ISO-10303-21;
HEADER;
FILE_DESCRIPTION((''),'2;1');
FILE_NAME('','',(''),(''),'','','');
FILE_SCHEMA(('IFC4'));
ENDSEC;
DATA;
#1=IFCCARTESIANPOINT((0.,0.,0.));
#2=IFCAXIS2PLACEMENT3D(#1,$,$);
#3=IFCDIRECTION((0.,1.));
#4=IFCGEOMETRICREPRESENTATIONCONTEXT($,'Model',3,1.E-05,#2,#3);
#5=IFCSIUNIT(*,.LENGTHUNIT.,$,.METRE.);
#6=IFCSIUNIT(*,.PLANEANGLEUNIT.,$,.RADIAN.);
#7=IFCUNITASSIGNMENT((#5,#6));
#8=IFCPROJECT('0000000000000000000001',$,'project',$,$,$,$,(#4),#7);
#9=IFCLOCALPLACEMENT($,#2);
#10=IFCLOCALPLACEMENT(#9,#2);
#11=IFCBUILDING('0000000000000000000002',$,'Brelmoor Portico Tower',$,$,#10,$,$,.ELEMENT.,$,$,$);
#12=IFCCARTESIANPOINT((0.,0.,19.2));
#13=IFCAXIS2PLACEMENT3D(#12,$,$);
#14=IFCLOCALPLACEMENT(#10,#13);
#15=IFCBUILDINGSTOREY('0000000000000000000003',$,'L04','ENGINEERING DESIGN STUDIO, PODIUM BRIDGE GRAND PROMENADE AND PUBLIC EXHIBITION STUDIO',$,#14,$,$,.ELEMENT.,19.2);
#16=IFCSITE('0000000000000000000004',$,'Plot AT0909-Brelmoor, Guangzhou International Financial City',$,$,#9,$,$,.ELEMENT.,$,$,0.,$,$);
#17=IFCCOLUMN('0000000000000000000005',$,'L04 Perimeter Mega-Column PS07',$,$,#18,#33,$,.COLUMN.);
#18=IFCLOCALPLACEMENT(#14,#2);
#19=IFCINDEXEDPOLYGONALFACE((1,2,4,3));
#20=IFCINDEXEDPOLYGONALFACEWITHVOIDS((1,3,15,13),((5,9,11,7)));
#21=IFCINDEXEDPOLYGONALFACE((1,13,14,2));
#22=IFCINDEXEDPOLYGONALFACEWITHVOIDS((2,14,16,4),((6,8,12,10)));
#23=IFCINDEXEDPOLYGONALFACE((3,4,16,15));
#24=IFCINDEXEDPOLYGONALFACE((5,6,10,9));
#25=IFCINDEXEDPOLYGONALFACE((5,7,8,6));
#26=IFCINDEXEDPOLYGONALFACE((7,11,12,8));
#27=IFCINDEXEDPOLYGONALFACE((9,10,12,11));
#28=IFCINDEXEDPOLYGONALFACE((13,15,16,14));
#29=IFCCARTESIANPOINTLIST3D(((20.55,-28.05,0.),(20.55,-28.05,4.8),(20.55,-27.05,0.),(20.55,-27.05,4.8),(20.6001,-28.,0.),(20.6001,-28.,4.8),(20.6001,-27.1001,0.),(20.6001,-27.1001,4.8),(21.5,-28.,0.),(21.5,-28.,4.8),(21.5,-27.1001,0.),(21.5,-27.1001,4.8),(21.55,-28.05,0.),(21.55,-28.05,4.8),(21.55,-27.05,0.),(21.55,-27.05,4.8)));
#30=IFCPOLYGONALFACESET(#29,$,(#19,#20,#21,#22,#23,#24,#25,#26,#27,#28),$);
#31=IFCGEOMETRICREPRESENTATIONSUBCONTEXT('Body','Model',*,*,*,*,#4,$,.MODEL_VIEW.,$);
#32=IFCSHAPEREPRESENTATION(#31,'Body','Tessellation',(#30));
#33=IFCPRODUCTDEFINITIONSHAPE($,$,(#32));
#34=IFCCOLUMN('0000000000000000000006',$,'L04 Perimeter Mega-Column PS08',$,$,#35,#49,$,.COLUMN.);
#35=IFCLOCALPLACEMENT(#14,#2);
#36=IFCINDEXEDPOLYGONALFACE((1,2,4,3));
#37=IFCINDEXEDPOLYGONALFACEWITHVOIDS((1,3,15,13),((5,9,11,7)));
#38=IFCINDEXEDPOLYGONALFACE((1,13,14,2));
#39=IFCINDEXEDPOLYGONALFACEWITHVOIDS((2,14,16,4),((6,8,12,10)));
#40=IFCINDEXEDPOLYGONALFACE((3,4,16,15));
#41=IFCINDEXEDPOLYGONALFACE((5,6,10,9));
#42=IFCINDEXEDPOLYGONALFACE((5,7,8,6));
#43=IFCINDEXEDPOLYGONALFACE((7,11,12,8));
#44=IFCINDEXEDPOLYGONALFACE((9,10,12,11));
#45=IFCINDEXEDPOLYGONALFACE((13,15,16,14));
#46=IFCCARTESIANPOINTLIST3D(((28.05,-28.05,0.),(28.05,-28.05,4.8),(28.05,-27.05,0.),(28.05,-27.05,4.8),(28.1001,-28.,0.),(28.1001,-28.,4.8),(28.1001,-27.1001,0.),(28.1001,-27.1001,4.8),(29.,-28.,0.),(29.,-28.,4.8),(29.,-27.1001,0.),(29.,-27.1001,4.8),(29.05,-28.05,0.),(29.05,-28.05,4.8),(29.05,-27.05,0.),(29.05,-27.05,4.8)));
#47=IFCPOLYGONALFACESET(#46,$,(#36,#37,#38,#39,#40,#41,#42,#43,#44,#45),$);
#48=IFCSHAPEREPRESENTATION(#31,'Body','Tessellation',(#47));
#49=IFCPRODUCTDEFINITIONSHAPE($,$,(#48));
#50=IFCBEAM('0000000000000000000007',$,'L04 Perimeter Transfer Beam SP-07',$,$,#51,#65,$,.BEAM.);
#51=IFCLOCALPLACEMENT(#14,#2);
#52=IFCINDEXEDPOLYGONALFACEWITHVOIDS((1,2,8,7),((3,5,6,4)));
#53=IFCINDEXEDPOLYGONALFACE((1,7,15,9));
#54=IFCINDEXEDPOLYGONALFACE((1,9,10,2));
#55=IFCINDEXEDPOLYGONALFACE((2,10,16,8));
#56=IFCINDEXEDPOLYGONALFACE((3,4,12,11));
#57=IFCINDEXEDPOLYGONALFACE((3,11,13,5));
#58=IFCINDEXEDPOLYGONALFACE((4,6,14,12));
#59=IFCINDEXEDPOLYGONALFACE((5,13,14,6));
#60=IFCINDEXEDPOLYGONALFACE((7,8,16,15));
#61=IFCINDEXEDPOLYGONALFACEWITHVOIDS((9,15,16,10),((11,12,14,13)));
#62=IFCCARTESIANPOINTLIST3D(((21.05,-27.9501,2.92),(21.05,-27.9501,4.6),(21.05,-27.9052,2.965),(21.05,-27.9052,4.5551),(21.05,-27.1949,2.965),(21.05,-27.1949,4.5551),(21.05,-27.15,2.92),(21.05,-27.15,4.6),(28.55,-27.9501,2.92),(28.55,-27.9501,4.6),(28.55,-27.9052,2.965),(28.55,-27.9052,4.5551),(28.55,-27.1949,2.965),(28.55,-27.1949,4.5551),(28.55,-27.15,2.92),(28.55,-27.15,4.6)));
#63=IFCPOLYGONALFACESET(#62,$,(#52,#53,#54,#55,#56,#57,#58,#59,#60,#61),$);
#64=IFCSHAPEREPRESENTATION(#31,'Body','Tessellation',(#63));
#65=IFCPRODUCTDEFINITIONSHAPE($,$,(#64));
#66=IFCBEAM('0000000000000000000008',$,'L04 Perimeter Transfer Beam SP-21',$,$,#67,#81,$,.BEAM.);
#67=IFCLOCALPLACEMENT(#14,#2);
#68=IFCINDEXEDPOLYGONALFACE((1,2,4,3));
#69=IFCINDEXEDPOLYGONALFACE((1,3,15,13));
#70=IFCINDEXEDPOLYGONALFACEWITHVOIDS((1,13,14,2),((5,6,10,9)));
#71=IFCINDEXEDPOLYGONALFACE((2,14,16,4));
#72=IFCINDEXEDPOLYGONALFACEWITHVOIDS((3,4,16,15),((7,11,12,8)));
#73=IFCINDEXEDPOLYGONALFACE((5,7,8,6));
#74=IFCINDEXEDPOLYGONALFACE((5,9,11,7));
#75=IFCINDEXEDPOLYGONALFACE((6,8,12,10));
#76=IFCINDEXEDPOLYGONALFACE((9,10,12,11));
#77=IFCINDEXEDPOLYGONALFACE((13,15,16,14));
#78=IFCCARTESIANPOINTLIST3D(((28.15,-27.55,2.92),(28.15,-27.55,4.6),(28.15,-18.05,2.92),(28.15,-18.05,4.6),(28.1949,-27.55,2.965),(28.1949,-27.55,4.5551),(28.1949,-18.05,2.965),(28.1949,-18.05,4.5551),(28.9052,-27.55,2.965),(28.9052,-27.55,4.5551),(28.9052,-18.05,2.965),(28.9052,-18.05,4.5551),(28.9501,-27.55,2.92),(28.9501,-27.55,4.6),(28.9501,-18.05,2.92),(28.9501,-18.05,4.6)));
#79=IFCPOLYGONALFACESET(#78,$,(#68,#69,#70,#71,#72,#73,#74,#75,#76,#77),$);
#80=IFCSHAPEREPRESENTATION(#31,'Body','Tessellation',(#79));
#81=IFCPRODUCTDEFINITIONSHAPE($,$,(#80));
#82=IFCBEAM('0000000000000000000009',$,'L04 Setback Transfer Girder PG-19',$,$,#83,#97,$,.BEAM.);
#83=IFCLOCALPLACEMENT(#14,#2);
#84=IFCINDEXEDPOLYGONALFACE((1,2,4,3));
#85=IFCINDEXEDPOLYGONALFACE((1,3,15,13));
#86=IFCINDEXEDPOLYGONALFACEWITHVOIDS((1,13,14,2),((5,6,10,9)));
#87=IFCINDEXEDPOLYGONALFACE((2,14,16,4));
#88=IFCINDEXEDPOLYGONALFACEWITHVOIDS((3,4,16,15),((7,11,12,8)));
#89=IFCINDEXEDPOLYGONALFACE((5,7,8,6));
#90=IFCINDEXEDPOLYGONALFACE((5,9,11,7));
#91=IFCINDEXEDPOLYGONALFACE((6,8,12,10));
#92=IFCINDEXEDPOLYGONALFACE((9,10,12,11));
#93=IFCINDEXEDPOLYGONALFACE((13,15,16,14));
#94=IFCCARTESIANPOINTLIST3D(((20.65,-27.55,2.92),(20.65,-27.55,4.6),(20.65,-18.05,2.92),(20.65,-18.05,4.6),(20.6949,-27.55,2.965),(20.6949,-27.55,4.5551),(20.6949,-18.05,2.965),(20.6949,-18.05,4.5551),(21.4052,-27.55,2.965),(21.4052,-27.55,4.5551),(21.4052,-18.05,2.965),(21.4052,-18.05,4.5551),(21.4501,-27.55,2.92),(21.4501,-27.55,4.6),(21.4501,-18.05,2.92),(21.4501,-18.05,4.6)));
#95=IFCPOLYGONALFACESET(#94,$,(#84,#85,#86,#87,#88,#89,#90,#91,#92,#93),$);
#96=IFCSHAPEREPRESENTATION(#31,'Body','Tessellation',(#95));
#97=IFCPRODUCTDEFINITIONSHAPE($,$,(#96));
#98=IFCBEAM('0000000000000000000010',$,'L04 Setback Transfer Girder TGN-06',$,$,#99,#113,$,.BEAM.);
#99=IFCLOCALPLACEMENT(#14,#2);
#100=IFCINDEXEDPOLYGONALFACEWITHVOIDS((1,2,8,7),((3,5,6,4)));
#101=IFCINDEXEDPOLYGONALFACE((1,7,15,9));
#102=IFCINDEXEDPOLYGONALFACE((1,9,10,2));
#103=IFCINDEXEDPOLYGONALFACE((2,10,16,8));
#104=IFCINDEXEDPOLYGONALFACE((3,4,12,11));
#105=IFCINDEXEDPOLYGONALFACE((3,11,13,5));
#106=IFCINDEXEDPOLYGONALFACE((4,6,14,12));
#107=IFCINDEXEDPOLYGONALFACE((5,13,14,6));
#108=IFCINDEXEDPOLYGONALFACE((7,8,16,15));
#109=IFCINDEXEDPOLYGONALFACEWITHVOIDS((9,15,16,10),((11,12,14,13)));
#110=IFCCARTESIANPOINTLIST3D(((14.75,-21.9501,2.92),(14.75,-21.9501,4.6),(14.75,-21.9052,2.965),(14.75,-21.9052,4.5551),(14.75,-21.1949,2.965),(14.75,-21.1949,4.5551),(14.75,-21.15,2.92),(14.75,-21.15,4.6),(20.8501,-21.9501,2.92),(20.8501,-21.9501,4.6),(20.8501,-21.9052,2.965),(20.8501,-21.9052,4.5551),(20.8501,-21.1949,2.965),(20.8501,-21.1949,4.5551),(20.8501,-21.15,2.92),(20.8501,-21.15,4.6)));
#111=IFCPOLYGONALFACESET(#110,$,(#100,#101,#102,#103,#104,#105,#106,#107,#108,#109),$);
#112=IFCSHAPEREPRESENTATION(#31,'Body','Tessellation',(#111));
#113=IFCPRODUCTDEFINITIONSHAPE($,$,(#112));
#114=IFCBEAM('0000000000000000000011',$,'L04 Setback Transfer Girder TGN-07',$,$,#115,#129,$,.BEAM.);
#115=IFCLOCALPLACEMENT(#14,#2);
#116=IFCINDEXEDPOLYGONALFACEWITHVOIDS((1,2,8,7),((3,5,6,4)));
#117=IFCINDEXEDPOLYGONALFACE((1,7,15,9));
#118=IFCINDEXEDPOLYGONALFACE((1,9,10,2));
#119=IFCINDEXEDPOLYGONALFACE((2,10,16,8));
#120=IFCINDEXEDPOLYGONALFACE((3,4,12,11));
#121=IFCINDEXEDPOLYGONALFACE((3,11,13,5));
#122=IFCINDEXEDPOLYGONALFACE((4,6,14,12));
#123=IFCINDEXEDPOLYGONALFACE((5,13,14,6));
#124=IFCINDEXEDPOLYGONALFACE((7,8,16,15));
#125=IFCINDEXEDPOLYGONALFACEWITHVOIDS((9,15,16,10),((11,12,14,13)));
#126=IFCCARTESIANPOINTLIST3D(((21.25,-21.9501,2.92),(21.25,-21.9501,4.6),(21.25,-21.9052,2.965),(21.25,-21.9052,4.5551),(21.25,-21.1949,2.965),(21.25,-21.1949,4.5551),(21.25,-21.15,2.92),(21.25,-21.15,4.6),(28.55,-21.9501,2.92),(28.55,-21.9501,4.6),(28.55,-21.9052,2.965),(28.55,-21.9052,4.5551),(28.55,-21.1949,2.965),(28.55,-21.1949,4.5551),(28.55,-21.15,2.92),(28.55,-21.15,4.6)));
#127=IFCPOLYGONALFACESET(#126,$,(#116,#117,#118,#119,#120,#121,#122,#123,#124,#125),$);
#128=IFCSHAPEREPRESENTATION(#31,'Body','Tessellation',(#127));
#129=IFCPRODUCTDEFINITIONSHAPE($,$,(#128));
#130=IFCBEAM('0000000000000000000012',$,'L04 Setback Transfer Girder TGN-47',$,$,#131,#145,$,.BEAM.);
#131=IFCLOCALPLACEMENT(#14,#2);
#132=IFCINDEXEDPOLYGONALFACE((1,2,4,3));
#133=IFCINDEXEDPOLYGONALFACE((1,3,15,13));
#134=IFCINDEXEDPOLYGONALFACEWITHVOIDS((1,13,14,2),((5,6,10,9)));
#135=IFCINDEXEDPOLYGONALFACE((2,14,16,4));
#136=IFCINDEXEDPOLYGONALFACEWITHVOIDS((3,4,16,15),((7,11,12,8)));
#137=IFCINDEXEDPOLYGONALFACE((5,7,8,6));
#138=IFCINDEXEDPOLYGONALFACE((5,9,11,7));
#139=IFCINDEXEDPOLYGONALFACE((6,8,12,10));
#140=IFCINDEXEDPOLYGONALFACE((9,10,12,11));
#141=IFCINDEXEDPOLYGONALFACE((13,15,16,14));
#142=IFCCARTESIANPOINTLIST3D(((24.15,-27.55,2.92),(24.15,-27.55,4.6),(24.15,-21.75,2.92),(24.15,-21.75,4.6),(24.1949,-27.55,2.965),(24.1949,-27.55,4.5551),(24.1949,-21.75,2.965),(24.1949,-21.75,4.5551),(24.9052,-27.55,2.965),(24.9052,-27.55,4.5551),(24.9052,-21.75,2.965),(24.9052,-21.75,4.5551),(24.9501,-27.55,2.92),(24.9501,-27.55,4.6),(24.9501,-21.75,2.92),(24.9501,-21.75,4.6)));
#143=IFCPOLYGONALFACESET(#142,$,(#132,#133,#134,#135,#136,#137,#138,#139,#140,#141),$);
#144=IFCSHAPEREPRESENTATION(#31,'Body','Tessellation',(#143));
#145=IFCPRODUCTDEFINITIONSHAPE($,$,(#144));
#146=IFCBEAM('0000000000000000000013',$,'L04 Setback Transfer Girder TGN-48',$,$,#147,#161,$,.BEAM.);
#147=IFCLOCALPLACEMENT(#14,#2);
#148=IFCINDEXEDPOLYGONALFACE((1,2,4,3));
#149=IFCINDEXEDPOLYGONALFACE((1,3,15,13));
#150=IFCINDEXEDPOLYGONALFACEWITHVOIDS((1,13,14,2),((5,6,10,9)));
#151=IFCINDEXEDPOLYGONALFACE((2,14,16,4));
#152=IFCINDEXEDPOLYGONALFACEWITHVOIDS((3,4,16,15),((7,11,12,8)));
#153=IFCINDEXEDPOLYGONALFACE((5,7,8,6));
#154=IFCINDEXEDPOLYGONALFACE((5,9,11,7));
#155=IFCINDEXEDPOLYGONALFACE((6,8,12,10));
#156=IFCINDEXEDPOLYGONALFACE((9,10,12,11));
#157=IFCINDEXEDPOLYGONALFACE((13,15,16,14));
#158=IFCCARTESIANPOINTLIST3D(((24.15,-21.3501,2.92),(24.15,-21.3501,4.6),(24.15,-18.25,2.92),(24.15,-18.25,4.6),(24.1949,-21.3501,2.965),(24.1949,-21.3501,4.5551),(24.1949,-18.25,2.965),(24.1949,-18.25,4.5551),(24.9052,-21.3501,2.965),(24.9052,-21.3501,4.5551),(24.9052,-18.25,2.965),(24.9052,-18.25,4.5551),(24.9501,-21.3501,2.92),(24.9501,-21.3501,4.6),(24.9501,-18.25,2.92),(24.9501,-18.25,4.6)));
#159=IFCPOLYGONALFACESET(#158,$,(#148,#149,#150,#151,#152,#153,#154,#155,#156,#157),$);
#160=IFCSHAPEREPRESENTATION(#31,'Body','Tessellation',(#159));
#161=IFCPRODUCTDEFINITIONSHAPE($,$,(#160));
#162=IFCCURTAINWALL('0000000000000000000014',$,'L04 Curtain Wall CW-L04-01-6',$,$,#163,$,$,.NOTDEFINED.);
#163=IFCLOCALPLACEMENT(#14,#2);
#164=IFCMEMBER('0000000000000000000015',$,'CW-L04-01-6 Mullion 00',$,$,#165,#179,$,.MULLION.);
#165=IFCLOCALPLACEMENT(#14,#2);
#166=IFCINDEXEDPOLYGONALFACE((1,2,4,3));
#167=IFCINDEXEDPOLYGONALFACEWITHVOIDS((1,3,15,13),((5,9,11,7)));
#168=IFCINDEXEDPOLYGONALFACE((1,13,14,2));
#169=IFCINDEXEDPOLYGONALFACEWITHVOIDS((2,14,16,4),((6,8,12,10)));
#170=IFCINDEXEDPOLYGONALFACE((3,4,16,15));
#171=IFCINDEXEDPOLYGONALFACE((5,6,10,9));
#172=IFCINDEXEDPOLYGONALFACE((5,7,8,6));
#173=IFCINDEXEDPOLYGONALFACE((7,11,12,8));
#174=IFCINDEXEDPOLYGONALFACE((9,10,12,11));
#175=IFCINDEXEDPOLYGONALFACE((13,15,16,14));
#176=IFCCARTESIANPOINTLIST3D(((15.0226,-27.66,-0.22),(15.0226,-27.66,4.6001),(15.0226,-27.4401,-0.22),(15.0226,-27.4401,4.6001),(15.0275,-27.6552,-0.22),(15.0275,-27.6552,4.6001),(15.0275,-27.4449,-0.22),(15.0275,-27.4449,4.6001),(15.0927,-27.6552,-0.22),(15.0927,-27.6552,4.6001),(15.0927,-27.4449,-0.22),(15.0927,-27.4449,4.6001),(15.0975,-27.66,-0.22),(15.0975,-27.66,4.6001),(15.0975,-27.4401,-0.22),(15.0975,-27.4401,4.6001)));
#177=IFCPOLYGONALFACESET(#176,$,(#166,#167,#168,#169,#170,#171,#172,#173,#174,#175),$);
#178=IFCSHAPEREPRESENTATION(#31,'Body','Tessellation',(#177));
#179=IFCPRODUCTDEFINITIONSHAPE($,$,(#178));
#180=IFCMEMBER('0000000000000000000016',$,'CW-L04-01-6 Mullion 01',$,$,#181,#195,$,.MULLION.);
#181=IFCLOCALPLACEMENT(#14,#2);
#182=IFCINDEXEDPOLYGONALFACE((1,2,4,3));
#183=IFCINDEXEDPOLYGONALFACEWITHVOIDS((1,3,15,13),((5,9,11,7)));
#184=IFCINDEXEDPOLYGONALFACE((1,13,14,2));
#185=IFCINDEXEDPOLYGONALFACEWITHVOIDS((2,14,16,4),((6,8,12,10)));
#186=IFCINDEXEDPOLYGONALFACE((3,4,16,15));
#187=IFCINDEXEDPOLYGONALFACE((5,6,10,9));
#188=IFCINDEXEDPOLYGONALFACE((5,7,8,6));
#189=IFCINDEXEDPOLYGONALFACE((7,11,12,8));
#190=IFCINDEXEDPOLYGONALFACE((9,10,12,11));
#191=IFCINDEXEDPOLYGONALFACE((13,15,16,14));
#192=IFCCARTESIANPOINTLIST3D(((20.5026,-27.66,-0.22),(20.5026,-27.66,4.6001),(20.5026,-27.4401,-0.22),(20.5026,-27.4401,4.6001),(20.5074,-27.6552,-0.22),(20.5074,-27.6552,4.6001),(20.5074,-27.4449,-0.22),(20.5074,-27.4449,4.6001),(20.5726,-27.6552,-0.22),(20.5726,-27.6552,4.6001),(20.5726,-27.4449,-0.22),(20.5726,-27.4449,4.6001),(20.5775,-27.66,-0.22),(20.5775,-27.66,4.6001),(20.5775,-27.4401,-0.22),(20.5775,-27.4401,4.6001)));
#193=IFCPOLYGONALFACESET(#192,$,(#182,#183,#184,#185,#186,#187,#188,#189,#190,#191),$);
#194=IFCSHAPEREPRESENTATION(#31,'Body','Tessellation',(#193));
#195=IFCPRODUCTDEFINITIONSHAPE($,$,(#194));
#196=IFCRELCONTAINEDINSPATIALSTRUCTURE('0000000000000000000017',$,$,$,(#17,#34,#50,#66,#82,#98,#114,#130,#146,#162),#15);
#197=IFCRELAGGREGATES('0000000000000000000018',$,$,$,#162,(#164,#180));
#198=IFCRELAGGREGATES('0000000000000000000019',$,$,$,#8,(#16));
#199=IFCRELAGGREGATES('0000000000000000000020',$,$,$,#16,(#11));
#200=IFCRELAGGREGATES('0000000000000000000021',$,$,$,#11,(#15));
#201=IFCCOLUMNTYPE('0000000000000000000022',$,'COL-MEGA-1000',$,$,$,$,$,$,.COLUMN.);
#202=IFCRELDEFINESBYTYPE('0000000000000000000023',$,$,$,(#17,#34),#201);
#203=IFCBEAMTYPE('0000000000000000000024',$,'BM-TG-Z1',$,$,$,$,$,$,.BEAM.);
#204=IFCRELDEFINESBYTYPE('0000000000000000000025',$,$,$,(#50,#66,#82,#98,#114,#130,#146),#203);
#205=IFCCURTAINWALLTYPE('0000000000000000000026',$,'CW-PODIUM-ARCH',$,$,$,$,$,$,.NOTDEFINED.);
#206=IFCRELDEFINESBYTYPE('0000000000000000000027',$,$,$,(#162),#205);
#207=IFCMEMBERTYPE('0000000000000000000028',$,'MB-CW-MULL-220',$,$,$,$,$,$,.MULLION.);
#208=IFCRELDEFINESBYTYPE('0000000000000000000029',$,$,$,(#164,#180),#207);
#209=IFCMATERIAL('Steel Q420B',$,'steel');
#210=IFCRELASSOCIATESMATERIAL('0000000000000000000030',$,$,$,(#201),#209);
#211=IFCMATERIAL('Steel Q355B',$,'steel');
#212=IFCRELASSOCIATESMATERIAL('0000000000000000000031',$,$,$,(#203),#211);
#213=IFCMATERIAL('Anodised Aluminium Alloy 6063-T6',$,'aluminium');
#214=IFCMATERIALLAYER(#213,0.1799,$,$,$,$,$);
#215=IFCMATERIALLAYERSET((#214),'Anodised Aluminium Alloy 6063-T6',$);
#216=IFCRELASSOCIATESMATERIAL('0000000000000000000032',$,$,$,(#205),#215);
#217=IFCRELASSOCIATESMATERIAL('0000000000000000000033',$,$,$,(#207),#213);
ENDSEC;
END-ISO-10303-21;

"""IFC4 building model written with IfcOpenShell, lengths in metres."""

from ifc_helpers import new_model, si_unit, direction, frame, origin, origin_2d, place, context, subcontext, project, spatial, hollow_rectangle, extrude, material, layer, layer_set, material_profile, profile_set, type_object, element, aggregate, save


model = new_model("IFC4")

# Units and contexts
model_context = context("Model", 3, precision=1e-05, world=origin(), true_north=direction((0.0, 1.0)))
body_context = subcontext(model_context, "Body", "Model", "MODEL_VIEW")
ifc_project = project(units=[si_unit("LENGTHUNIT", "METRE"), si_unit("PLANEANGLEUNIT", "RADIAN")], contexts=[model_context])

# Site, building, storey
site_placement = place(None, origin())
site = spatial("IfcSite", under=ifc_project, at=site_placement, Name="Plot AT0909-Brelmoor, Guangzhou International Financial City", CompositionType="ELEMENT", RefElevation=0.0)
building_placement = place(site_placement, origin())
building = spatial("IfcBuilding", under=site, at=building_placement, Name="Brelmoor Portico Tower", CompositionType="ELEMENT")
storey_placement = place(building_placement, frame((0.0, 0.0, 19.2)))
storey = spatial("IfcBuildingStorey", under=building, at=storey_placement, Name="L04", Description="ENGINEERING DESIGN STUDIO, PODIUM BRIDGE GRAND PROMENADE AND PUBLIC EXHIBITION STUDIO", CompositionType="ELEMENT", Elevation=19.2)

# Columns
ifc_material_1 = material(Name="Steel Q420B", Category="steel")
ifc_material_profile_1 = material_profile(ifc_material_1, hollow_rectangle(XDim=1.0, YDim=1.0, WallThickness=0.05, at=origin_2d()), Name="BOX 1000x1000x50")
ifc_profile_set_1 = profile_set([ifc_material_profile_1], Name="Steel Q420B")
column_type = type_object("IfcColumnType", Name="COL-MEGA-1000", PredefinedType="COLUMN", material=ifc_profile_set_1)
for number, where, z_axis, x_axis, name in (
    (1, (21.05, -27.55, 0.0), (0.0, 0.0, 1.0), (1.0, 0.0, 0.0), "L04 Perimeter Mega-Column PS07"),
    (2, (28.55, -27.55, 0.0), (0.0, 0.0, 1.0), (1.0, 0.0, 0.0), "L04 Perimeter Mega-Column PS08"),
):
    element("IfcColumn", number, at=place(storey_placement, frame(where, z_axis=z_axis, x_axis=x_axis)), inside=storey, type_object=column_type, Name=name, PredefinedType="COLUMN", context=body_context, shape_type="SweptSolid", body=[
        extrude(hollow_rectangle(XDim=1.0, YDim=1.0, WallThickness=0.05, at=origin_2d()), origin(), (0.0, 0.0, 1.0), 4.8),
    ])

# Beams
ifc_material_2 = material(Name="Steel Q355B", Category="steel")
ifc_material_profile_2 = material_profile(ifc_material_2, hollow_rectangle(XDim=0.8, YDim=1.6799, WallThickness=0.0449, at=origin_2d()), Name="BOX 800x1680x45")
ifc_profile_set_2 = profile_set([ifc_material_profile_2], Name="Steel Q355B")
beam_type = type_object("IfcBeamType", Name="BM-TG-Z1", PredefinedType="BEAM", material=ifc_profile_set_2)
beam_1_placement = place(storey_placement, frame((21.05, -27.55, 3.76), z_axis=(1.0, 0.0, 0.0), x_axis=(0.0, 1.0, 0.0)))
element("IfcBeam", 3, at=beam_1_placement, inside=storey, type_object=beam_type, Name="L04 Perimeter Transfer Beam SP-07", PredefinedType="BEAM", context=body_context, shape_type="SweptSolid", body=[
    extrude(hollow_rectangle(XDim=0.8, YDim=1.6799, WallThickness=0.0449, at=origin_2d()), origin(), (0.0, 0.0, 1.0), 7.5),
])
for number, where, z_axis, x_axis, name in (
    (4, (28.55, -27.55, 3.76), (0.0, 1.0, 0.0), (-1.0, 0.0, 0.0), "L04 Perimeter Transfer Beam SP-21"),
    (5, (21.05, -27.55, 3.76), (0.0, 1.0, 0.0), (-1.0, 0.0, 0.0), "L04 Setback Transfer Girder PG-19"),
):
    element("IfcBeam", number, at=place(storey_placement, frame(where, z_axis=z_axis, x_axis=x_axis)), inside=storey, type_object=beam_type, Name=name, PredefinedType="BEAM", context=body_context, shape_type="SweptSolid", body=[
        extrude(hollow_rectangle(XDim=0.8, YDim=1.6799, WallThickness=0.0449, at=origin_2d()), origin(), (0.0, 0.0, 1.0), 9.5),
    ])
beam_2_placement = place(storey_placement, frame((14.75, -21.55, 3.76), z_axis=(1.0, 0.0, 0.0), x_axis=(0.0, 1.0, 0.0)))
element("IfcBeam", 6, at=beam_2_placement, inside=storey, type_object=beam_type, Name="L04 Setback Transfer Girder TGN-06", PredefinedType="BEAM", context=body_context, shape_type="SweptSolid", body=[
    extrude(hollow_rectangle(XDim=0.8, YDim=1.6799, WallThickness=0.0449, at=origin_2d()), origin(), (0.0, 0.0, 1.0), 6.1001),
])
beam_3_placement = place(storey_placement, frame((21.25, -21.55, 3.76), z_axis=(1.0, 0.0, 0.0), x_axis=(0.0, 1.0, 0.0)))
element("IfcBeam", 7, at=beam_3_placement, inside=storey, type_object=beam_type, Name="L04 Setback Transfer Girder TGN-07", PredefinedType="BEAM", context=body_context, shape_type="SweptSolid", body=[
    extrude(hollow_rectangle(XDim=0.8, YDim=1.6799, WallThickness=0.0449, at=origin_2d()), origin(), (0.0, 0.0, 1.0), 7.3),
])
beam_4_placement = place(storey_placement, frame((24.55, -27.55, 3.76), z_axis=(0.0, 1.0, 0.0), x_axis=(-1.0, 0.0, 0.0)))
element("IfcBeam", 8, at=beam_4_placement, inside=storey, type_object=beam_type, Name="L04 Setback Transfer Girder TGN-47", PredefinedType="BEAM", context=body_context, shape_type="SweptSolid", body=[
    extrude(hollow_rectangle(XDim=0.8, YDim=1.6799, WallThickness=0.0449, at=origin_2d()), origin(), (0.0, 0.0, 1.0), 5.8),
])
beam_5_placement = place(storey_placement, frame((24.55, -21.3501, 3.76), z_axis=(0.0, 1.0, 0.0), x_axis=(-1.0, 0.0, 0.0)))
element("IfcBeam", 9, at=beam_5_placement, inside=storey, type_object=beam_type, Name="L04 Setback Transfer Girder TGN-48", PredefinedType="BEAM", context=body_context, shape_type="SweptSolid", body=[
    extrude(hollow_rectangle(XDim=0.8, YDim=1.6799, WallThickness=0.0449, at=origin_2d()), origin(), (0.0, 0.0, 1.0), 3.1001),
])

# Curtain wall, members
ifc_material_3 = material(Name="Anodised Aluminium Alloy 6063-T6", Category="aluminium")
ifc_layer_1 = layer(ifc_material_3, 0.1799)
ifc_layer_set_1 = layer_set([ifc_layer_1], Name="Anodised Aluminium Alloy 6063-T6")
curtain_wall_type = type_object("IfcCurtainWallType", Name="CW-PODIUM-ARCH", PredefinedType="NOTDEFINED", material=ifc_layer_set_1)
curtain_wall_1_placement = place(storey_placement, origin())
curtain_wall_1 = element("IfcCurtainWall", 10, at=curtain_wall_1_placement, inside=storey, type_object=curtain_wall_type, Name="L04 Curtain Wall CW-L04-01-6", PredefinedType="NOTDEFINED")
ifc_material_profile_3 = material_profile(ifc_material_3, hollow_rectangle(XDim=0.075, YDim=0.22, WallThickness=0.0049, at=origin_2d()), Name="ALU MULLION 75x220")
ifc_profile_set_3 = profile_set([ifc_material_profile_3], Name="Anodised Aluminium Alloy 6063-T6")
member_type_1 = type_object("IfcMemberType", Name="MB-CW-MULL-220", PredefinedType="MULLION", material=ifc_profile_set_3)
member_1_placement = place(storey_placement, frame((15.0601, -27.55, -0.22), z_axis=(0.0, 0.0, 1.0), x_axis=(1.0, 0.0, 0.0)))
member_1 = element("IfcMember", 11, at=member_1_placement, type_object=member_type_1, Name="CW-L04-01-6 Mullion 00", PredefinedType="MULLION", context=body_context, shape_type="SweptSolid", body=[
    extrude(hollow_rectangle(XDim=0.075, YDim=0.22, WallThickness=0.0049, at=origin_2d()), origin(), (0.0, 0.0, 1.0), 4.8201),
])
member_2_placement = place(storey_placement, frame((20.54, -27.55, -0.22), z_axis=(0.0, 0.0, 1.0), x_axis=(1.0, 0.0, 0.0)))
member_2 = element("IfcMember", 12, at=member_2_placement, type_object=member_type_1, Name="CW-L04-01-6 Mullion 01", PredefinedType="MULLION", context=body_context, shape_type="SweptSolid", body=[
    extrude(hollow_rectangle(XDim=0.075, YDim=0.22, WallThickness=0.0049, at=origin_2d()), origin(), (0.0, 0.0, 1.0), 4.8201),
])

aggregate(curtain_wall_1, [member_1, member_2])

save(model, "model.ifc")
